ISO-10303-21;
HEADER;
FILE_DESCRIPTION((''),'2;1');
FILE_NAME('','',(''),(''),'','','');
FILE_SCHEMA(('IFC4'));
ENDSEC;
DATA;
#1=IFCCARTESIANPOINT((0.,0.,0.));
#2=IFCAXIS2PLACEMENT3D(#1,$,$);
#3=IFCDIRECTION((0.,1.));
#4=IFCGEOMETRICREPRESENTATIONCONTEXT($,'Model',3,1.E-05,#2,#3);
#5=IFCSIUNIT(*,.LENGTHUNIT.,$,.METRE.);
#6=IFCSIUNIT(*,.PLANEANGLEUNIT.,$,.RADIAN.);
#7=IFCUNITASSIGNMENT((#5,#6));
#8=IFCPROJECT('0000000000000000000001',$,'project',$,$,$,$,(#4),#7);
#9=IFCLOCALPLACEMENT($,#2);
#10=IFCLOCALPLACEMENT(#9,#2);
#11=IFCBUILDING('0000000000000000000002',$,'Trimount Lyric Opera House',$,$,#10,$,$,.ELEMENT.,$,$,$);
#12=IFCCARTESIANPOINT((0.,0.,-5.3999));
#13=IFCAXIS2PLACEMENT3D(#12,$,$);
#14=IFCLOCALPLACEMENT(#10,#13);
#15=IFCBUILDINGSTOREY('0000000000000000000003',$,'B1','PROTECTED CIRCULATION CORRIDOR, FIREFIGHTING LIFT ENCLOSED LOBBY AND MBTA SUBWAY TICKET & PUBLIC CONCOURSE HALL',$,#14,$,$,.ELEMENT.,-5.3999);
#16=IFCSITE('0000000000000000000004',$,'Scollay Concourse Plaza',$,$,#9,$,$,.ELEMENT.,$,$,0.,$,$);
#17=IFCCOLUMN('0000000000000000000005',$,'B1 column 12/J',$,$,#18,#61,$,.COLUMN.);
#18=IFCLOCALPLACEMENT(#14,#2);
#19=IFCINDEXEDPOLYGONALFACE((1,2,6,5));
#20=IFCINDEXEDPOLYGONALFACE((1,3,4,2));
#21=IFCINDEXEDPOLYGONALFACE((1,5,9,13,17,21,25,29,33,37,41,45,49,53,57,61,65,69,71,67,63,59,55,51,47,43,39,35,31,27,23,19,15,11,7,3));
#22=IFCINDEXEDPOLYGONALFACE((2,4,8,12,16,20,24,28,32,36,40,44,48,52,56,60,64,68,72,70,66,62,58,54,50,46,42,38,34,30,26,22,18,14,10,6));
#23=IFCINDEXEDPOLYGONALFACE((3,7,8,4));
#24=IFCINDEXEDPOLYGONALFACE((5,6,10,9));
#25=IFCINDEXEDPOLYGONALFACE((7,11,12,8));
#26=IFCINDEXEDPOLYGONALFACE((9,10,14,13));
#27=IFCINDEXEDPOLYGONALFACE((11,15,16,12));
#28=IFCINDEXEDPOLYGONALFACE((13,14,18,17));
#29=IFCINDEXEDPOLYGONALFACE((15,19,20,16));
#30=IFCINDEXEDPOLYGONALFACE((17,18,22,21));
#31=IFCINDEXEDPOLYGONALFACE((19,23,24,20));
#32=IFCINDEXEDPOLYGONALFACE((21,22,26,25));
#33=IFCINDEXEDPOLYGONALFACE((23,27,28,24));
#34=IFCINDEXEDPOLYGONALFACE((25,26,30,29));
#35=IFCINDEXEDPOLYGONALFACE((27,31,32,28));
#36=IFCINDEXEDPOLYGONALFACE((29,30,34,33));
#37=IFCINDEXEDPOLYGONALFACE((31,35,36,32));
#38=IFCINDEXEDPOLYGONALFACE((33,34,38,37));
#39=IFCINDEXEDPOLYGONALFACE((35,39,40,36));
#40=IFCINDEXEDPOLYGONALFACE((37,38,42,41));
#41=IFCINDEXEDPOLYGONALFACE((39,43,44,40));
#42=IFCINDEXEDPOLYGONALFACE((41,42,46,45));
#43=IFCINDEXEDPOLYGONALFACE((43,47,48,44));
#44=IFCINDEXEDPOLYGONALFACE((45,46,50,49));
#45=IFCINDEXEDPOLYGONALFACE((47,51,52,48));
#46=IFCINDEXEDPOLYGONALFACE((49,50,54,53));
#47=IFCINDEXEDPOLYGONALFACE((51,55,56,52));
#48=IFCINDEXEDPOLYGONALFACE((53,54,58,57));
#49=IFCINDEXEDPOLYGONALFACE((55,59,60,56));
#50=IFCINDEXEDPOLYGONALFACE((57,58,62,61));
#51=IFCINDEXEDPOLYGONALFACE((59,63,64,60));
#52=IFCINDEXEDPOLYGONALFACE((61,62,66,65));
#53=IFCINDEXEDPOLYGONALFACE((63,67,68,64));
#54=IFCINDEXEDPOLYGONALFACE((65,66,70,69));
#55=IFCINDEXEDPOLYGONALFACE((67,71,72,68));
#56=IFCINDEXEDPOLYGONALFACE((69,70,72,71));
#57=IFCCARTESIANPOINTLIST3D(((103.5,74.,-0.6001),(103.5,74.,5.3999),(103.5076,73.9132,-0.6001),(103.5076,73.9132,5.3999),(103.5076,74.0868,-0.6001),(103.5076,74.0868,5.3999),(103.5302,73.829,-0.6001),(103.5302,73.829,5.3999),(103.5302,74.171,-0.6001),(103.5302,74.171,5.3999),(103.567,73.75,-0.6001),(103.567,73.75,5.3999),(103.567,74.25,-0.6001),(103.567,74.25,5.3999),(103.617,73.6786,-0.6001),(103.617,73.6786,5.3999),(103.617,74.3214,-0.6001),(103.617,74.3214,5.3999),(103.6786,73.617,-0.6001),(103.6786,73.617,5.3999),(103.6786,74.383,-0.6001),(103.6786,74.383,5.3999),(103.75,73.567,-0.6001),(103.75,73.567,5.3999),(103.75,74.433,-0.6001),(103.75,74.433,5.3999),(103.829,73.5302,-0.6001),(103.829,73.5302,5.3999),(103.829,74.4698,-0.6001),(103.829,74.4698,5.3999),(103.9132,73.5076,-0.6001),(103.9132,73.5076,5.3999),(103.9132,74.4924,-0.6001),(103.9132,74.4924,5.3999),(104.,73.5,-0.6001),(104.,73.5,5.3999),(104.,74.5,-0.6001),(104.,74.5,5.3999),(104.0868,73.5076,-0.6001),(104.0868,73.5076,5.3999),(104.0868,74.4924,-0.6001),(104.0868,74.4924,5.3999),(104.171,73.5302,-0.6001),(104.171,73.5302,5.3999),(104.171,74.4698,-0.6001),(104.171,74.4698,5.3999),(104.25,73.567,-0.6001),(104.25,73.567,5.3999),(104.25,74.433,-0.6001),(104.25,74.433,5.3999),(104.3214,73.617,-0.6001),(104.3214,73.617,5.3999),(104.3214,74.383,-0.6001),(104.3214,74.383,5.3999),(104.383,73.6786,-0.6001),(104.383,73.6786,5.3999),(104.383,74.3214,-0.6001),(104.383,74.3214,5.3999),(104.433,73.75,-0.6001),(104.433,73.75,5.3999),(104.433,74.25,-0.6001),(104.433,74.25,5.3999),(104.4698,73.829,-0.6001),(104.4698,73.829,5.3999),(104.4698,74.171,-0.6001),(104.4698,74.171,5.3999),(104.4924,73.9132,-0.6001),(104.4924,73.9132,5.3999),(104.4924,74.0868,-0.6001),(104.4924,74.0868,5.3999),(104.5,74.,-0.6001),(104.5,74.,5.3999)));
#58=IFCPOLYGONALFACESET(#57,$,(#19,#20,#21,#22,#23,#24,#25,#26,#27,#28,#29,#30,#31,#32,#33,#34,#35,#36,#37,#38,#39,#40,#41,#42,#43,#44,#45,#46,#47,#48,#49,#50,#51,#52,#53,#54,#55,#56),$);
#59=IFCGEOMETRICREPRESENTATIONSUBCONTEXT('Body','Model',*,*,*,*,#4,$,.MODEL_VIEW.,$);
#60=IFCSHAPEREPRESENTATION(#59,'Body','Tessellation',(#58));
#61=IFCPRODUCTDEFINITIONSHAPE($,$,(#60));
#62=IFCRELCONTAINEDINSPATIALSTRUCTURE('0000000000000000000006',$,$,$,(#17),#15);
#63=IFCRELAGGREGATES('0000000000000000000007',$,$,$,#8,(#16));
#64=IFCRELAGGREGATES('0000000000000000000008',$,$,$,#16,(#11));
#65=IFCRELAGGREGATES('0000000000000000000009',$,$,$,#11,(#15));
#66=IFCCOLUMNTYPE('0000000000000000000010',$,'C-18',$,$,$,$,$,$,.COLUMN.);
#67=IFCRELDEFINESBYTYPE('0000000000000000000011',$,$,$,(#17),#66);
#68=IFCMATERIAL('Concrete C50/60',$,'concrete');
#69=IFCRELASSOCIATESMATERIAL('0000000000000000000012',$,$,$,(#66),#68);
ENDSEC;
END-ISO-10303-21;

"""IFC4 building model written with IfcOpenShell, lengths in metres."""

from ifc_helpers import new_model, si_unit, direction, frame, origin, origin_2d, place, context, subcontext, project, spatial, circle, extrude, material, material_profile, profile_set, type_object, element, save


model = new_model("IFC4")

# Units and contexts
model_context = context("Model", 3, precision=1e-05, world=origin(), true_north=direction((0.0, 1.0)))
body_context = subcontext(model_context, "Body", "Model", "MODEL_VIEW")
ifc_project = project(units=[si_unit("LENGTHUNIT", "METRE"), si_unit("PLANEANGLEUNIT", "RADIAN")], contexts=[model_context])

# Site, building, storey
site_placement = place(None, origin())
site = spatial("IfcSite", under=ifc_project, at=site_placement, Name="Scollay Concourse Plaza", CompositionType="ELEMENT", RefElevation=0.0)
building_placement = place(site_placement, origin())
building = spatial("IfcBuilding", under=site, at=building_placement, Name="Trimount Lyric Opera House", CompositionType="ELEMENT")
storey_placement = place(building_placement, frame((0.0, 0.0, -5.3999)))
storey = spatial("IfcBuildingStorey", under=building, at=storey_placement, Name="B1", Description="PROTECTED CIRCULATION CORRIDOR, FIREFIGHTING LIFT ENCLOSED LOBBY AND MBTA SUBWAY TICKET & PUBLIC CONCOURSE HALL", CompositionType="ELEMENT", Elevation=-5.3999)

# Column
ifc_material_1 = material(Name="Concrete C50/60", Category="concrete")
ifc_material_profile_1 = material_profile(ifc_material_1, circle(Radius=0.5, at=origin_2d()), Name="RC-D1000")
ifc_profile_set_1 = profile_set([ifc_material_profile_1], Name="Concrete C50/60")
column_type_1 = type_object("IfcColumnType", Name="C-18", PredefinedType="COLUMN", material=ifc_profile_set_1)
column_1_placement = place(storey_placement, frame((104.0, 74.0, -0.6001), z_axis=(0.0, 0.0, 1.0), x_axis=(1.0, 0.0, 0.0)))
element("IfcColumn", 1, at=column_1_placement, inside=storey, type_object=column_type_1, Name="B1 column 12/J", PredefinedType="COLUMN", context=body_context, shape_type="SweptSolid", body=[
    extrude(circle(Radius=0.5, at=origin_2d()), origin(), (0.0, 0.0, 1.0), 6.0),
])

save(model, "model.ifc")
